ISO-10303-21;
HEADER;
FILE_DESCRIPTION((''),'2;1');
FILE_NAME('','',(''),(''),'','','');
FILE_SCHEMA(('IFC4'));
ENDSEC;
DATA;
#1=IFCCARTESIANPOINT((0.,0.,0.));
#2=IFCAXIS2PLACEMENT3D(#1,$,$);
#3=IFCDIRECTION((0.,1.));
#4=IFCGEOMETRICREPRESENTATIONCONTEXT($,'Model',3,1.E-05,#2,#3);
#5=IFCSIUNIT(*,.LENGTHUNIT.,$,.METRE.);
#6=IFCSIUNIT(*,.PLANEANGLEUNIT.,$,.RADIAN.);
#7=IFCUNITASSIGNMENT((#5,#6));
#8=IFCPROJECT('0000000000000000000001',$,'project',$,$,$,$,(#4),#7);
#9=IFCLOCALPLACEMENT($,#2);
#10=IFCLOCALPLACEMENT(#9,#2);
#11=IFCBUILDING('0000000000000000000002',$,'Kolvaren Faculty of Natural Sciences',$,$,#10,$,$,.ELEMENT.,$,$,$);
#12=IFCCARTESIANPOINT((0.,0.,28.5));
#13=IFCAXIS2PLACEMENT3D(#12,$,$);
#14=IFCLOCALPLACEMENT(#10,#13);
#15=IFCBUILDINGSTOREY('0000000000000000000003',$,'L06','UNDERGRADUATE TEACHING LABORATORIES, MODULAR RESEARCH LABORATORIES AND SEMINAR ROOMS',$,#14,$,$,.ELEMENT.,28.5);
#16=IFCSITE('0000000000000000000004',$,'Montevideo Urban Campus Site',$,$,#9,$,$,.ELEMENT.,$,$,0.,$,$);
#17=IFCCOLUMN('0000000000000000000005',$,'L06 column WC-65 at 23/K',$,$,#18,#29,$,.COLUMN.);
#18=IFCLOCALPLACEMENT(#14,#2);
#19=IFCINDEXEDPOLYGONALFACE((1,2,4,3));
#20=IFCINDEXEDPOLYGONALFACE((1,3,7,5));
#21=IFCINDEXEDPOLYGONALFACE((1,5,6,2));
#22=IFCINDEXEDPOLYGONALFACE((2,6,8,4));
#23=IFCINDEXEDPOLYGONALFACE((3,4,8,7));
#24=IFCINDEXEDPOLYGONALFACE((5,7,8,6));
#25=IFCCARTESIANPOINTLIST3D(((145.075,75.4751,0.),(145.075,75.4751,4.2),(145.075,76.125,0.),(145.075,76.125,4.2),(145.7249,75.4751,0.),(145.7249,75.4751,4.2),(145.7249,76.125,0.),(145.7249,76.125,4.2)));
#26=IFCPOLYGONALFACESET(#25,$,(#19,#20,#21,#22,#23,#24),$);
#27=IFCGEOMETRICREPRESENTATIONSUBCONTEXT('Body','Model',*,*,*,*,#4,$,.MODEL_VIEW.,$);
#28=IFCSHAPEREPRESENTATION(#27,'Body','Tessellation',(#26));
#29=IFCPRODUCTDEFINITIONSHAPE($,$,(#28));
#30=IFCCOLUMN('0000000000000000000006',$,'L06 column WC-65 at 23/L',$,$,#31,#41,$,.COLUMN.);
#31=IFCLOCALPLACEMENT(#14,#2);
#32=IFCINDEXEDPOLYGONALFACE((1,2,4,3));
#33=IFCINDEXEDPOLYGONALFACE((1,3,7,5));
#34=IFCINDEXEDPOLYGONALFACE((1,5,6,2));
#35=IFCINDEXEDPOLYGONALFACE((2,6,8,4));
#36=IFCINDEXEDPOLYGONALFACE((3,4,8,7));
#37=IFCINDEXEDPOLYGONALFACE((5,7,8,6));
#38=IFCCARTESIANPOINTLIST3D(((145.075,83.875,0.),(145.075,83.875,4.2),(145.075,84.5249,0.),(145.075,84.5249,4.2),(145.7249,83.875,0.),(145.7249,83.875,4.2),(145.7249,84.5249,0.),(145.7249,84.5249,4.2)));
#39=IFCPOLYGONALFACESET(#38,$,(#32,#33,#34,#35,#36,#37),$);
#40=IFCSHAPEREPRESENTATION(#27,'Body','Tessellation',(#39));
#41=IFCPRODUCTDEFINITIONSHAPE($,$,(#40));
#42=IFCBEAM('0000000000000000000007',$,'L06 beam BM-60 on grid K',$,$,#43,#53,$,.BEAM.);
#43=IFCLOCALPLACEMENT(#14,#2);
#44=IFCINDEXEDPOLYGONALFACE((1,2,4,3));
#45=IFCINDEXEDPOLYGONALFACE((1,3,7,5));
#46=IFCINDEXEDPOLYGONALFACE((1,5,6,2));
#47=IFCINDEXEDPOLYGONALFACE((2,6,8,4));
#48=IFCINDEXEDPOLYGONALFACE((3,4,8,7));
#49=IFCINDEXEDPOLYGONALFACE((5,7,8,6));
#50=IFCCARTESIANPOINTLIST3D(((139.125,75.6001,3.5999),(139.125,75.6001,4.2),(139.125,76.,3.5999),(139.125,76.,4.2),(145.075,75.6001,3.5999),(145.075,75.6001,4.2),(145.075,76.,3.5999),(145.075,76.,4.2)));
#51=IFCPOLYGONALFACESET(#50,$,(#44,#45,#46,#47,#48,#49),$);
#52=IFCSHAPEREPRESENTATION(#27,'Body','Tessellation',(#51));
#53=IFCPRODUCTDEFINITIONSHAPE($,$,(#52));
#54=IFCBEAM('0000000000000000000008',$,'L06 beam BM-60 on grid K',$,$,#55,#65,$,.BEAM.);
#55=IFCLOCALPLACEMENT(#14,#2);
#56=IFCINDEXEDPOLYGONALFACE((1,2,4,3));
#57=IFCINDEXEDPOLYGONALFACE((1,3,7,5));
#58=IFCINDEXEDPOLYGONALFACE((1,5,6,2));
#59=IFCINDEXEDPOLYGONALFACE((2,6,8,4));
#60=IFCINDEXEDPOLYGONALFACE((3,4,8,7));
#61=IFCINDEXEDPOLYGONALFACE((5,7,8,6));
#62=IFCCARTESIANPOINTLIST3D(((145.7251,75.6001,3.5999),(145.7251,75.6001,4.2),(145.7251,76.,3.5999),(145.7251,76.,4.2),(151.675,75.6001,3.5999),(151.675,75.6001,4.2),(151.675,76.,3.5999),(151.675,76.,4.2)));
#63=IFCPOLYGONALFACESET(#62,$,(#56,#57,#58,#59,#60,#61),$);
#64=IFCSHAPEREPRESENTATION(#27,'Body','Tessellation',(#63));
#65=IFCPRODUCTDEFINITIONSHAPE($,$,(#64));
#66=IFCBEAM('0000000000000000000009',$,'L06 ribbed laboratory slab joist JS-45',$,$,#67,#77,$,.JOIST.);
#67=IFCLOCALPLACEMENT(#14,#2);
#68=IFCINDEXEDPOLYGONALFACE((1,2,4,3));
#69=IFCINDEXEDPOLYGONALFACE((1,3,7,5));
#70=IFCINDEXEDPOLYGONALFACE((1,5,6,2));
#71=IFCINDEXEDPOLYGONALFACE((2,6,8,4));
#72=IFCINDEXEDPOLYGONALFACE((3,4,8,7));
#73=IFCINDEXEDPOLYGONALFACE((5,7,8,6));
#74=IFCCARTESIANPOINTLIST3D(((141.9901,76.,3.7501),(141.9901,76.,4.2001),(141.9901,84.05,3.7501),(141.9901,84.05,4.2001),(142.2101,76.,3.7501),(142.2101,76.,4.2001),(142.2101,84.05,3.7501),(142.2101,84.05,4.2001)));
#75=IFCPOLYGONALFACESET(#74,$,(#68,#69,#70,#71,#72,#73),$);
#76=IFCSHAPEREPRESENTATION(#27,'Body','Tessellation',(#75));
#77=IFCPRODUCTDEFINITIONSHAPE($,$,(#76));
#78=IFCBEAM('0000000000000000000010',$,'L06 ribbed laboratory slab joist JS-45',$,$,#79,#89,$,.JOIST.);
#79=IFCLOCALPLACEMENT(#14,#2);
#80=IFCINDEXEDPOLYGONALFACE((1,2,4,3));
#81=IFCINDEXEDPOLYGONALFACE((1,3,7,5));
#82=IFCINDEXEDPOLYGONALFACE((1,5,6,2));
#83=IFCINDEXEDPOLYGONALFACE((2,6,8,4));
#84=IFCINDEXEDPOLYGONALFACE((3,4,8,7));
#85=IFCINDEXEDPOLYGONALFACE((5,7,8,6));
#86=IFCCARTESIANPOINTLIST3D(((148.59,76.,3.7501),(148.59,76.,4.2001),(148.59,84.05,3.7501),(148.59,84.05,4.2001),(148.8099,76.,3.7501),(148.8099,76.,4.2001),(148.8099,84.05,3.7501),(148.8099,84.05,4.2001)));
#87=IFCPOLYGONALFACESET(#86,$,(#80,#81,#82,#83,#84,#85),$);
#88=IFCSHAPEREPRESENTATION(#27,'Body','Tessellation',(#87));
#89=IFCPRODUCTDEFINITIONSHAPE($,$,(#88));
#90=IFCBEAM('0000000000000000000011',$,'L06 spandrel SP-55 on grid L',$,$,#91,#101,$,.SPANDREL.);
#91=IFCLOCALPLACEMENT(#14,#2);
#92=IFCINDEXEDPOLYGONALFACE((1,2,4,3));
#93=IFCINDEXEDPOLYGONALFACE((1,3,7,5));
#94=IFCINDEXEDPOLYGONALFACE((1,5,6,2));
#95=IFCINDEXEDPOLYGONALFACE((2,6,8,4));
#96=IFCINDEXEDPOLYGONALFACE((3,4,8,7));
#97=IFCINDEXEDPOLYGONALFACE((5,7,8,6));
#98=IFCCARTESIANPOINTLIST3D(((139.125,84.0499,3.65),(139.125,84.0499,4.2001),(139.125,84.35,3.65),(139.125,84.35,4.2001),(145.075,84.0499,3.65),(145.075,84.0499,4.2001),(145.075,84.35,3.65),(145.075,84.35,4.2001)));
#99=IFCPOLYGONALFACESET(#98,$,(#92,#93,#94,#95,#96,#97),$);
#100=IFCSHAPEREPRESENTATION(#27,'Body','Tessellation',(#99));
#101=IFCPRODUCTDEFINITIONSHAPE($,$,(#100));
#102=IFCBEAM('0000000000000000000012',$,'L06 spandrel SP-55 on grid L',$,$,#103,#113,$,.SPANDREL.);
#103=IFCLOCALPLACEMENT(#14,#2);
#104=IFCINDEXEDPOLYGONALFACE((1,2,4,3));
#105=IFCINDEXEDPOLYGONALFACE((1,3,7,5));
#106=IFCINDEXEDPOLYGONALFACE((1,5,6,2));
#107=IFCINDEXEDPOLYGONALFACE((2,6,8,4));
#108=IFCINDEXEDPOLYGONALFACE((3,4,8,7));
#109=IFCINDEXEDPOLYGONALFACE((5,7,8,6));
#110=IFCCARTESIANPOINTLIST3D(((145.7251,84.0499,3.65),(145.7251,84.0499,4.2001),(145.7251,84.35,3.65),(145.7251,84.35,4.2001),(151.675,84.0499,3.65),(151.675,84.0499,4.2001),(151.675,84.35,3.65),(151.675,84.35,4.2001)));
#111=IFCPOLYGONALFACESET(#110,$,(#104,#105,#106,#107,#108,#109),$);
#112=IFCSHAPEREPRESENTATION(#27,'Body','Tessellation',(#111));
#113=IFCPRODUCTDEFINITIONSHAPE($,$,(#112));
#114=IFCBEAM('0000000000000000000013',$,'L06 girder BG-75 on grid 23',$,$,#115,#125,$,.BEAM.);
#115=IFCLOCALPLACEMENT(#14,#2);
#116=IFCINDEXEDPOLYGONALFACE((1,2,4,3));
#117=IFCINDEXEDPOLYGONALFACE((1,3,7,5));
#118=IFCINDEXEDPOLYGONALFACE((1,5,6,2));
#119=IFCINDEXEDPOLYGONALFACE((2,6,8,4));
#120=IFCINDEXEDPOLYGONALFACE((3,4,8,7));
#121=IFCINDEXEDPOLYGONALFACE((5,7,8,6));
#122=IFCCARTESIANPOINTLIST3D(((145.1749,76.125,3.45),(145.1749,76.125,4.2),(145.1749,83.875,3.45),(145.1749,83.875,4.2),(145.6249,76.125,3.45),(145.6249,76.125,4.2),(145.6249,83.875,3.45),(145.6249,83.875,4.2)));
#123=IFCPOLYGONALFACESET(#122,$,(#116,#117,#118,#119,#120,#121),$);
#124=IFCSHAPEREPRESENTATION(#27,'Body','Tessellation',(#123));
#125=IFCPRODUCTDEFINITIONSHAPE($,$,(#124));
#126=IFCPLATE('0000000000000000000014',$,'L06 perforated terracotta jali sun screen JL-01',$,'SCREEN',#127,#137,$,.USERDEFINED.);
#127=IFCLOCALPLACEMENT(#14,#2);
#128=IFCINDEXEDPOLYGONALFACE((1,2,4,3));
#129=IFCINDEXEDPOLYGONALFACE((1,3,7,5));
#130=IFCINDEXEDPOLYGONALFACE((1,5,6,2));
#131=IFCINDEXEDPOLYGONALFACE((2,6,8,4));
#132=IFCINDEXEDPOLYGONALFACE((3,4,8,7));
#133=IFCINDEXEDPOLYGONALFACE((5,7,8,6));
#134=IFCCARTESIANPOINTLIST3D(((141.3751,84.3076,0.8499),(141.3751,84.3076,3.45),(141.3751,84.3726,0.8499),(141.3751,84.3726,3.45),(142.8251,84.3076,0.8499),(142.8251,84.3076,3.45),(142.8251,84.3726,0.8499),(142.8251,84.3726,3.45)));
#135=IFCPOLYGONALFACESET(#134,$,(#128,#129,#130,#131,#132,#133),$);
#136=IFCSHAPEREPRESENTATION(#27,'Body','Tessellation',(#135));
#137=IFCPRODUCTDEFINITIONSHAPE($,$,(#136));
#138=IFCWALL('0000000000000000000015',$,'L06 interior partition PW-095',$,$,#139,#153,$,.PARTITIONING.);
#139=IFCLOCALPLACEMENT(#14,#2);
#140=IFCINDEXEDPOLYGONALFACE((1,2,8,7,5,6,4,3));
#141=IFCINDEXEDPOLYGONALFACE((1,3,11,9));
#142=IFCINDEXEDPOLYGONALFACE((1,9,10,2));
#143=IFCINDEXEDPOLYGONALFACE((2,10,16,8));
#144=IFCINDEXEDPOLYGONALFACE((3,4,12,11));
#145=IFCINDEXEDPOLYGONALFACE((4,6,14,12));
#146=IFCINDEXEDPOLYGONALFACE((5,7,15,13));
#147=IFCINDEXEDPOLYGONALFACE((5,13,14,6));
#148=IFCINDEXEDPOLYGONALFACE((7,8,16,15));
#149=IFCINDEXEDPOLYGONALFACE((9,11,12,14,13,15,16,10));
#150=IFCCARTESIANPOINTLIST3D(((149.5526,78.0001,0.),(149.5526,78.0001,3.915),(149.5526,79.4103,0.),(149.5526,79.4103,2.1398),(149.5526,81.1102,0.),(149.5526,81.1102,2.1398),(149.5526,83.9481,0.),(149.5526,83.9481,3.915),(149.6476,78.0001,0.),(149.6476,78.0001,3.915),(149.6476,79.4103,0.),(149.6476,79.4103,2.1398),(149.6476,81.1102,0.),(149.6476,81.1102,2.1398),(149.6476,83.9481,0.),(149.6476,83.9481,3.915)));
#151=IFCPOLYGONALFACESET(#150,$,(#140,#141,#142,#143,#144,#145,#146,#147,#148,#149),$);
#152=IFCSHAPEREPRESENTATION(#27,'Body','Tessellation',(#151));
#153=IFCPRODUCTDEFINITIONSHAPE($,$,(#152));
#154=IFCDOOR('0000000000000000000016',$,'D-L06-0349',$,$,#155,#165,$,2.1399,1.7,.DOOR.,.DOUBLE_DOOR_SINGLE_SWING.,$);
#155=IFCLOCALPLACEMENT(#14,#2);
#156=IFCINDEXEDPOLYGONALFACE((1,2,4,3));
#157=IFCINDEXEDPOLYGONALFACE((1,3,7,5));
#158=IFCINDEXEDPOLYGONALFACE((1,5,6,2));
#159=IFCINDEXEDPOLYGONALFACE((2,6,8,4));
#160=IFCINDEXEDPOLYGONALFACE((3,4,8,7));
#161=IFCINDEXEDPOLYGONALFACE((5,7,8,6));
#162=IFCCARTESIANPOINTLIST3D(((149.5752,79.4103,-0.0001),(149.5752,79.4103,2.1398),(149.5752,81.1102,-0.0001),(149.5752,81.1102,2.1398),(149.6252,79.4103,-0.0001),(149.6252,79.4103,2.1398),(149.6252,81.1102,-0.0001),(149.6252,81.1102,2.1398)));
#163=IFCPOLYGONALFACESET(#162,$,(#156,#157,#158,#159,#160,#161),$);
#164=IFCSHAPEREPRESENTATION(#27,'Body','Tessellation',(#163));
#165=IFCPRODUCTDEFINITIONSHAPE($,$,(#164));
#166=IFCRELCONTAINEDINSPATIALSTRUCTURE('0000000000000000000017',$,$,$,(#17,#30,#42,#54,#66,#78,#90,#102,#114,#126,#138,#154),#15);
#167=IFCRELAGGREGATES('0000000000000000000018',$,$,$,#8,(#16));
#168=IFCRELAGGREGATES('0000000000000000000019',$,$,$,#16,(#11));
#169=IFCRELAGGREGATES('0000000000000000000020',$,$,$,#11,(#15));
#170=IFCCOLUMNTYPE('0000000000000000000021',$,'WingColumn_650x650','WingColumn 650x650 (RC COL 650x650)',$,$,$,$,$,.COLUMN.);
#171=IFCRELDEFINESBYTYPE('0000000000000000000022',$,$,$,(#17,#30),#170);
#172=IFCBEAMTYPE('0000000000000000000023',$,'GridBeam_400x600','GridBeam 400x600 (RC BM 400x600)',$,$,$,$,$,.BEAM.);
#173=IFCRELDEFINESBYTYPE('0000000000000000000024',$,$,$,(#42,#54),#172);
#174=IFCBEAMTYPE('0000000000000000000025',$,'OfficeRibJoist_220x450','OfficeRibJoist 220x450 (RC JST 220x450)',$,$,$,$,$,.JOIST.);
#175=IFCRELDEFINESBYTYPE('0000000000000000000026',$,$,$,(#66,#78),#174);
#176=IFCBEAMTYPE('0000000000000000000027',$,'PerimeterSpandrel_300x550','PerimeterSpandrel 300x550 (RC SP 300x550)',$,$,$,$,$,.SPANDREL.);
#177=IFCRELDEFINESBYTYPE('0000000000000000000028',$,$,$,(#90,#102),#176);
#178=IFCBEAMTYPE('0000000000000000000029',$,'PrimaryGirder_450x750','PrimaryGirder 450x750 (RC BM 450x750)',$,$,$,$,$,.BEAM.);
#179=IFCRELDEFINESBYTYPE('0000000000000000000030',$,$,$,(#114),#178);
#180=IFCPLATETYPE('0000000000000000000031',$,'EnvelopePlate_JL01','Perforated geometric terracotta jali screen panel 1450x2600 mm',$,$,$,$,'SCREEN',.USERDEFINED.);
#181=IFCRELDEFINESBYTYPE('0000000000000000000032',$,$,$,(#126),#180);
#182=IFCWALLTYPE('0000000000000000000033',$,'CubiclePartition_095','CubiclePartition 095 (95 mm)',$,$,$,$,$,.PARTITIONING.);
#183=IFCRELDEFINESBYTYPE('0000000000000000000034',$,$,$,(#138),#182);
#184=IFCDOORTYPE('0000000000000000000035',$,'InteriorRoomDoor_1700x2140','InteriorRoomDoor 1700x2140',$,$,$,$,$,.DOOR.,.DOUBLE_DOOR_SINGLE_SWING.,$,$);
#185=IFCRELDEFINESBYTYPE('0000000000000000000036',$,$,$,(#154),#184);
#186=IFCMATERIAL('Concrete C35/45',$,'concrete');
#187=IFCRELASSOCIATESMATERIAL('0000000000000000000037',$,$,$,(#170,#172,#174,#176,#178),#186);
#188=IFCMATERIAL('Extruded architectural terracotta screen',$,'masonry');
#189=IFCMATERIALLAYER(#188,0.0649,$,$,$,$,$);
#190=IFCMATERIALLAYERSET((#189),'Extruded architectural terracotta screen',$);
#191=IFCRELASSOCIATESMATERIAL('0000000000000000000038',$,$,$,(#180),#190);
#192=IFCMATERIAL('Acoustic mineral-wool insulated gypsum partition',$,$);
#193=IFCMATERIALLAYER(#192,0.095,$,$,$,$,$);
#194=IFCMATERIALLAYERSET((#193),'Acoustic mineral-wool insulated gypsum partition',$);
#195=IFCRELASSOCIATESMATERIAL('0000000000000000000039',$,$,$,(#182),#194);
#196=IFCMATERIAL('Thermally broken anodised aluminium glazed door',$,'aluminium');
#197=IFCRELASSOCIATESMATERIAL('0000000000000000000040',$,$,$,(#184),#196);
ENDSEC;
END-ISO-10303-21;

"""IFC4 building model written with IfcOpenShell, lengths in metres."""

from ifc_helpers import new_model, si_unit, direction, frame, frame_2d, origin, origin_2d, place, context, subcontext, project, spatial, rectangle, extrude, material, layer, layer_set, material_profile, profile_set, type_object, element, fill, save


model = new_model("IFC4")

# Units and contexts
model_context = context("Model", 3, precision=1e-05, world=origin(), true_north=direction((0.0, 1.0)))
body_context = subcontext(model_context, "Body", "Model", "MODEL_VIEW")
ifc_project = project(units=[si_unit("LENGTHUNIT", "METRE"), si_unit("PLANEANGLEUNIT", "RADIAN")], contexts=[model_context])

# Site, building, storey
site_placement = place(None, origin())
site = spatial("IfcSite", under=ifc_project, at=site_placement, Name="Montevideo Urban Campus Site", CompositionType="ELEMENT", RefElevation=0.0)
building_placement = place(site_placement, origin())
building = spatial("IfcBuilding", under=site, at=building_placement, Name="Kolvaren Faculty of Natural Sciences", CompositionType="ELEMENT")
storey_placement = place(building_placement, frame((0.0, 0.0, 28.5)))
storey = spatial("IfcBuildingStorey", under=building, at=storey_placement, Name="L06", Description="UNDERGRADUATE TEACHING LABORATORIES, MODULAR RESEARCH LABORATORIES AND SEMINAR ROOMS", CompositionType="ELEMENT", Elevation=28.5)

# Columns
ifc_material_1 = material(Name="Concrete C35/45", Category="concrete")
ifc_material_profile_1 = material_profile(ifc_material_1, rectangle(XDim=0.6499, YDim=0.6499, at=origin_2d()), Name="RC COL 650x650")
ifc_profile_set_1 = profile_set([ifc_material_profile_1], Name="Concrete C35/45")
column_type = type_object("IfcColumnType", Name="WingColumn_650x650", Description="WingColumn 650x650 (RC COL 650x650)", PredefinedType="COLUMN", material=ifc_profile_set_1)
for number, where, z_axis, x_axis, name in (
    (1, (145.3999, 75.8, 0.0), (0.0, 0.0, 1.0), (1.0, 0.0, 0.0), "L06 column WC-65 at 23/K"),
    (2, (145.3999, 84.2, 0.0), (0.0, 0.0, 1.0), (1.0, 0.0, 0.0), "L06 column WC-65 at 23/L"),
):
    element("IfcColumn", number, at=place(storey_placement, frame(where, z_axis=z_axis, x_axis=x_axis)), inside=storey, type_object=column_type, Name=name, PredefinedType="COLUMN", context=body_context, shape_type="SweptSolid", body=[
        extrude(rectangle(XDim=0.6499, YDim=0.6499, at=origin_2d()), origin(), (0.0, 0.0, 1.0), 4.2),
    ])

# Beams
ifc_material_profile_2 = material_profile(ifc_material_1, rectangle(XDim=0.3999, YDim=0.6001, at=origin_2d()), Name="RC BM 400x600")
ifc_profile_set_2 = profile_set([ifc_material_profile_2], Name="Concrete C35/45")
beam_type_1 = type_object("IfcBeamType", Name="GridBeam_400x600", Description="GridBeam 400x600 (RC BM 400x600)", PredefinedType="BEAM", material=ifc_profile_set_2)
for number, where, z_axis, x_axis, name in (
    (3, (139.125, 75.8, 3.8999), (1.0, 0.0, 0.0), (0.0, 1.0, 0.0), "L06 beam BM-60 on grid K"),
    (4, (145.7251, 75.8, 3.8999), (1.0, 0.0, 0.0), (0.0, 1.0, 0.0), "L06 beam BM-60 on grid K"),
):
    element("IfcBeam", number, at=place(storey_placement, frame(where, z_axis=z_axis, x_axis=x_axis)), inside=storey, type_object=beam_type_1, Name=name, PredefinedType="BEAM", context=body_context, shape_type="SweptSolid", body=[
        extrude(rectangle(XDim=0.3999, YDim=0.6001, at=origin_2d()), origin(), (0.0, 0.0, 1.0), 5.95),
    ])
ifc_material_profile_3 = material_profile(ifc_material_1, rectangle(XDim=0.22, YDim=0.45, at=origin_2d()), Name="RC JST 220x450")
ifc_profile_set_3 = profile_set([ifc_material_profile_3], Name="Concrete C35/45")
beam_type_2 = type_object("IfcBeamType", Name="OfficeRibJoist_220x450", Description="OfficeRibJoist 220x450 (RC JST 220x450)", PredefinedType="JOIST", material=ifc_profile_set_3)
for number, where, z_axis, x_axis, name in (
    (5, (142.1001, 76.0, 3.9751), (0.0, 1.0, 0.0), (-1.0, 0.0, 0.0), "L06 ribbed laboratory slab joist JS-45"),
    (6, (148.7, 76.0, 3.9751), (0.0, 1.0, 0.0), (-1.0, 0.0, 0.0), "L06 ribbed laboratory slab joist JS-45"),
):
    element("IfcBeam", number, at=place(storey_placement, frame(where, z_axis=z_axis, x_axis=x_axis)), inside=storey, type_object=beam_type_2, Name=name, PredefinedType="JOIST", context=body_context, shape_type="SweptSolid", body=[
        extrude(rectangle(XDim=0.22, YDim=0.45, at=origin_2d()), origin(), (0.0, 0.0, 1.0), 8.05),
    ])
ifc_material_profile_4 = material_profile(ifc_material_1, rectangle(XDim=0.3, YDim=0.55, at=origin_2d()), Name="RC SP 300x550")
ifc_profile_set_4 = profile_set([ifc_material_profile_4], Name="Concrete C35/45")
beam_type_3 = type_object("IfcBeamType", Name="PerimeterSpandrel_300x550", Description="PerimeterSpandrel 300x550 (RC SP 300x550)", PredefinedType="SPANDREL", material=ifc_profile_set_4)
for number, where, z_axis, x_axis, name in (
    (7, (139.125, 84.2, 3.925), (1.0, 0.0, 0.0), (0.0, 1.0, 0.0), "L06 spandrel SP-55 on grid L"),
    (8, (145.7251, 84.2, 3.925), (1.0, 0.0, 0.0), (0.0, 1.0, 0.0), "L06 spandrel SP-55 on grid L"),
):
    element("IfcBeam", number, at=place(storey_placement, frame(where, z_axis=z_axis, x_axis=x_axis)), inside=storey, type_object=beam_type_3, Name=name, PredefinedType="SPANDREL", context=body_context, shape_type="SweptSolid", body=[
        extrude(rectangle(XDim=0.3, YDim=0.55, at=origin_2d()), origin(), (0.0, 0.0, 1.0), 5.95),
    ])
ifc_material_profile_5 = material_profile(ifc_material_1, rectangle(XDim=0.45, YDim=0.75, at=origin_2d()), Name="RC BM 450x750")
ifc_profile_set_5 = profile_set([ifc_material_profile_5], Name="Concrete C35/45")
beam_type_4 = type_object("IfcBeamType", Name="PrimaryGirder_450x750", Description="PrimaryGirder 450x750 (RC BM 450x750)", PredefinedType="BEAM", material=ifc_profile_set_5)
beam_placement = place(storey_placement, frame((145.3999, 76.125, 3.825), z_axis=(0.0, 1.0, 0.0), x_axis=(-1.0, 0.0, 0.0)))
element("IfcBeam", 9, at=beam_placement, inside=storey, type_object=beam_type_4, Name="L06 girder BG-75 on grid 23", PredefinedType="BEAM", context=body_context, shape_type="SweptSolid", body=[
    extrude(rectangle(XDim=0.45, YDim=0.75, at=origin_2d()), origin(), (0.0, 0.0, 1.0), 7.75),
])

# Plate
ifc_material_2 = material(Name="Extruded architectural terracotta screen", Category="masonry")
ifc_layer_1 = layer(ifc_material_2, 0.0649)
ifc_layer_set_1 = layer_set([ifc_layer_1], Name="Extruded architectural terracotta screen")
plate_type = type_object("IfcPlateType", Name="EnvelopePlate_JL01", Description="Perforated geometric terracotta jali screen panel 1450x2600 mm", ElementType="SCREEN", PredefinedType="USERDEFINED", material=ifc_layer_set_1)
plate_placement = place(storey_placement, frame((142.1001, 84.3401, 0.8499), z_axis=(0.0, 0.0, 1.0), x_axis=(1.0, 0.0, 0.0)))
element("IfcPlate", 10, at=plate_placement, inside=storey, type_object=plate_type, Name="L06 perforated terracotta jali sun screen JL-01", ObjectType="SCREEN", PredefinedType="USERDEFINED", context=body_context, shape_type="SweptSolid", body=[
    extrude(rectangle(XDim=1.45, YDim=0.0649, at=origin_2d()), origin(), (0.0, 0.0, 1.0), 2.6001),
])

# Wall, opening, door
ifc_material_3 = material(Name="Acoustic mineral-wool insulated gypsum partition")
ifc_layer_2 = layer(ifc_material_3, 0.095)
ifc_layer_set_2 = layer_set([ifc_layer_2], Name="Acoustic mineral-wool insulated gypsum partition")
wall_type_1 = type_object("IfcWallType", Name="CubiclePartition_095", Description="CubiclePartition 095 (95 mm)", PredefinedType="PARTITIONING", material=ifc_layer_set_2)
wall_1_placement = place(storey_placement, frame((149.6001, 78.0, 0.0), z_axis=(0.0, 0.0, 1.0), x_axis=(0.0, 1.0, 0.0)))
wall_1 = element("IfcWall", 11, at=wall_1_placement, inside=storey, type_object=wall_type_1, Name="L06 interior partition PW-095", PredefinedType="PARTITIONING", context=body_context, shape_type="SweptSolid", body=[
    extrude(rectangle(XDim=5.948, YDim=0.095, at=frame_2d((2.9741, 0.0))), origin(), (0.0, 0.0, 1.0), 3.915),
])
opening_1_placement = place(wall_1_placement, frame((1.4102, 0.0, 0.0)))
opening_1 = element("IfcOpeningElement", 12, at=opening_1_placement, cuts=wall_1, PredefinedType="OPENING", context=body_context, shape_type="SweptSolid", body=[
    extrude(rectangle(XDim=1.7, YDim=2.1399, at=frame_2d((0.8501, 1.0698))), frame((0.0, 0.0574, 0.0), z_axis=(0.0, -1.0, 0.0), x_axis=(1.0, 0.0, 0.0)), (0.0, 0.0, 1.0), 0.115),
])
ifc_material_4 = material(Name="Thermally broken anodised aluminium glazed door", Category="aluminium")
door_type_1 = type_object("IfcDoorType", Name="InteriorRoomDoor_1700x2140", Description="InteriorRoomDoor 1700x2140", OperationType="DOUBLE_DOOR_SINGLE_SWING", PredefinedType="DOOR", material=ifc_material_4)
door_1_placement = place(opening_1_placement, origin())
door_1 = element("IfcDoor", 13, at=door_1_placement, inside=storey, type_object=door_type_1, Name="D-L06-0349", OperationType="DOUBLE_DOOR_SINGLE_SWING", OverallHeight=2.1399, OverallWidth=1.7, PredefinedType="DOOR", context=body_context, shape_type="SweptSolid", body=[
    extrude(rectangle(XDim=1.7, YDim=2.1399, at=frame_2d((0.8501, 1.0698))), frame((0.0, 0.0249, 0.0), z_axis=(0.0, -1.0, 0.0), x_axis=(1.0, 0.0, 0.0)), (0.0, 0.0, 1.0), 0.05),
])
fill(opening_1, door_1)

save(model, "model.ifc")
